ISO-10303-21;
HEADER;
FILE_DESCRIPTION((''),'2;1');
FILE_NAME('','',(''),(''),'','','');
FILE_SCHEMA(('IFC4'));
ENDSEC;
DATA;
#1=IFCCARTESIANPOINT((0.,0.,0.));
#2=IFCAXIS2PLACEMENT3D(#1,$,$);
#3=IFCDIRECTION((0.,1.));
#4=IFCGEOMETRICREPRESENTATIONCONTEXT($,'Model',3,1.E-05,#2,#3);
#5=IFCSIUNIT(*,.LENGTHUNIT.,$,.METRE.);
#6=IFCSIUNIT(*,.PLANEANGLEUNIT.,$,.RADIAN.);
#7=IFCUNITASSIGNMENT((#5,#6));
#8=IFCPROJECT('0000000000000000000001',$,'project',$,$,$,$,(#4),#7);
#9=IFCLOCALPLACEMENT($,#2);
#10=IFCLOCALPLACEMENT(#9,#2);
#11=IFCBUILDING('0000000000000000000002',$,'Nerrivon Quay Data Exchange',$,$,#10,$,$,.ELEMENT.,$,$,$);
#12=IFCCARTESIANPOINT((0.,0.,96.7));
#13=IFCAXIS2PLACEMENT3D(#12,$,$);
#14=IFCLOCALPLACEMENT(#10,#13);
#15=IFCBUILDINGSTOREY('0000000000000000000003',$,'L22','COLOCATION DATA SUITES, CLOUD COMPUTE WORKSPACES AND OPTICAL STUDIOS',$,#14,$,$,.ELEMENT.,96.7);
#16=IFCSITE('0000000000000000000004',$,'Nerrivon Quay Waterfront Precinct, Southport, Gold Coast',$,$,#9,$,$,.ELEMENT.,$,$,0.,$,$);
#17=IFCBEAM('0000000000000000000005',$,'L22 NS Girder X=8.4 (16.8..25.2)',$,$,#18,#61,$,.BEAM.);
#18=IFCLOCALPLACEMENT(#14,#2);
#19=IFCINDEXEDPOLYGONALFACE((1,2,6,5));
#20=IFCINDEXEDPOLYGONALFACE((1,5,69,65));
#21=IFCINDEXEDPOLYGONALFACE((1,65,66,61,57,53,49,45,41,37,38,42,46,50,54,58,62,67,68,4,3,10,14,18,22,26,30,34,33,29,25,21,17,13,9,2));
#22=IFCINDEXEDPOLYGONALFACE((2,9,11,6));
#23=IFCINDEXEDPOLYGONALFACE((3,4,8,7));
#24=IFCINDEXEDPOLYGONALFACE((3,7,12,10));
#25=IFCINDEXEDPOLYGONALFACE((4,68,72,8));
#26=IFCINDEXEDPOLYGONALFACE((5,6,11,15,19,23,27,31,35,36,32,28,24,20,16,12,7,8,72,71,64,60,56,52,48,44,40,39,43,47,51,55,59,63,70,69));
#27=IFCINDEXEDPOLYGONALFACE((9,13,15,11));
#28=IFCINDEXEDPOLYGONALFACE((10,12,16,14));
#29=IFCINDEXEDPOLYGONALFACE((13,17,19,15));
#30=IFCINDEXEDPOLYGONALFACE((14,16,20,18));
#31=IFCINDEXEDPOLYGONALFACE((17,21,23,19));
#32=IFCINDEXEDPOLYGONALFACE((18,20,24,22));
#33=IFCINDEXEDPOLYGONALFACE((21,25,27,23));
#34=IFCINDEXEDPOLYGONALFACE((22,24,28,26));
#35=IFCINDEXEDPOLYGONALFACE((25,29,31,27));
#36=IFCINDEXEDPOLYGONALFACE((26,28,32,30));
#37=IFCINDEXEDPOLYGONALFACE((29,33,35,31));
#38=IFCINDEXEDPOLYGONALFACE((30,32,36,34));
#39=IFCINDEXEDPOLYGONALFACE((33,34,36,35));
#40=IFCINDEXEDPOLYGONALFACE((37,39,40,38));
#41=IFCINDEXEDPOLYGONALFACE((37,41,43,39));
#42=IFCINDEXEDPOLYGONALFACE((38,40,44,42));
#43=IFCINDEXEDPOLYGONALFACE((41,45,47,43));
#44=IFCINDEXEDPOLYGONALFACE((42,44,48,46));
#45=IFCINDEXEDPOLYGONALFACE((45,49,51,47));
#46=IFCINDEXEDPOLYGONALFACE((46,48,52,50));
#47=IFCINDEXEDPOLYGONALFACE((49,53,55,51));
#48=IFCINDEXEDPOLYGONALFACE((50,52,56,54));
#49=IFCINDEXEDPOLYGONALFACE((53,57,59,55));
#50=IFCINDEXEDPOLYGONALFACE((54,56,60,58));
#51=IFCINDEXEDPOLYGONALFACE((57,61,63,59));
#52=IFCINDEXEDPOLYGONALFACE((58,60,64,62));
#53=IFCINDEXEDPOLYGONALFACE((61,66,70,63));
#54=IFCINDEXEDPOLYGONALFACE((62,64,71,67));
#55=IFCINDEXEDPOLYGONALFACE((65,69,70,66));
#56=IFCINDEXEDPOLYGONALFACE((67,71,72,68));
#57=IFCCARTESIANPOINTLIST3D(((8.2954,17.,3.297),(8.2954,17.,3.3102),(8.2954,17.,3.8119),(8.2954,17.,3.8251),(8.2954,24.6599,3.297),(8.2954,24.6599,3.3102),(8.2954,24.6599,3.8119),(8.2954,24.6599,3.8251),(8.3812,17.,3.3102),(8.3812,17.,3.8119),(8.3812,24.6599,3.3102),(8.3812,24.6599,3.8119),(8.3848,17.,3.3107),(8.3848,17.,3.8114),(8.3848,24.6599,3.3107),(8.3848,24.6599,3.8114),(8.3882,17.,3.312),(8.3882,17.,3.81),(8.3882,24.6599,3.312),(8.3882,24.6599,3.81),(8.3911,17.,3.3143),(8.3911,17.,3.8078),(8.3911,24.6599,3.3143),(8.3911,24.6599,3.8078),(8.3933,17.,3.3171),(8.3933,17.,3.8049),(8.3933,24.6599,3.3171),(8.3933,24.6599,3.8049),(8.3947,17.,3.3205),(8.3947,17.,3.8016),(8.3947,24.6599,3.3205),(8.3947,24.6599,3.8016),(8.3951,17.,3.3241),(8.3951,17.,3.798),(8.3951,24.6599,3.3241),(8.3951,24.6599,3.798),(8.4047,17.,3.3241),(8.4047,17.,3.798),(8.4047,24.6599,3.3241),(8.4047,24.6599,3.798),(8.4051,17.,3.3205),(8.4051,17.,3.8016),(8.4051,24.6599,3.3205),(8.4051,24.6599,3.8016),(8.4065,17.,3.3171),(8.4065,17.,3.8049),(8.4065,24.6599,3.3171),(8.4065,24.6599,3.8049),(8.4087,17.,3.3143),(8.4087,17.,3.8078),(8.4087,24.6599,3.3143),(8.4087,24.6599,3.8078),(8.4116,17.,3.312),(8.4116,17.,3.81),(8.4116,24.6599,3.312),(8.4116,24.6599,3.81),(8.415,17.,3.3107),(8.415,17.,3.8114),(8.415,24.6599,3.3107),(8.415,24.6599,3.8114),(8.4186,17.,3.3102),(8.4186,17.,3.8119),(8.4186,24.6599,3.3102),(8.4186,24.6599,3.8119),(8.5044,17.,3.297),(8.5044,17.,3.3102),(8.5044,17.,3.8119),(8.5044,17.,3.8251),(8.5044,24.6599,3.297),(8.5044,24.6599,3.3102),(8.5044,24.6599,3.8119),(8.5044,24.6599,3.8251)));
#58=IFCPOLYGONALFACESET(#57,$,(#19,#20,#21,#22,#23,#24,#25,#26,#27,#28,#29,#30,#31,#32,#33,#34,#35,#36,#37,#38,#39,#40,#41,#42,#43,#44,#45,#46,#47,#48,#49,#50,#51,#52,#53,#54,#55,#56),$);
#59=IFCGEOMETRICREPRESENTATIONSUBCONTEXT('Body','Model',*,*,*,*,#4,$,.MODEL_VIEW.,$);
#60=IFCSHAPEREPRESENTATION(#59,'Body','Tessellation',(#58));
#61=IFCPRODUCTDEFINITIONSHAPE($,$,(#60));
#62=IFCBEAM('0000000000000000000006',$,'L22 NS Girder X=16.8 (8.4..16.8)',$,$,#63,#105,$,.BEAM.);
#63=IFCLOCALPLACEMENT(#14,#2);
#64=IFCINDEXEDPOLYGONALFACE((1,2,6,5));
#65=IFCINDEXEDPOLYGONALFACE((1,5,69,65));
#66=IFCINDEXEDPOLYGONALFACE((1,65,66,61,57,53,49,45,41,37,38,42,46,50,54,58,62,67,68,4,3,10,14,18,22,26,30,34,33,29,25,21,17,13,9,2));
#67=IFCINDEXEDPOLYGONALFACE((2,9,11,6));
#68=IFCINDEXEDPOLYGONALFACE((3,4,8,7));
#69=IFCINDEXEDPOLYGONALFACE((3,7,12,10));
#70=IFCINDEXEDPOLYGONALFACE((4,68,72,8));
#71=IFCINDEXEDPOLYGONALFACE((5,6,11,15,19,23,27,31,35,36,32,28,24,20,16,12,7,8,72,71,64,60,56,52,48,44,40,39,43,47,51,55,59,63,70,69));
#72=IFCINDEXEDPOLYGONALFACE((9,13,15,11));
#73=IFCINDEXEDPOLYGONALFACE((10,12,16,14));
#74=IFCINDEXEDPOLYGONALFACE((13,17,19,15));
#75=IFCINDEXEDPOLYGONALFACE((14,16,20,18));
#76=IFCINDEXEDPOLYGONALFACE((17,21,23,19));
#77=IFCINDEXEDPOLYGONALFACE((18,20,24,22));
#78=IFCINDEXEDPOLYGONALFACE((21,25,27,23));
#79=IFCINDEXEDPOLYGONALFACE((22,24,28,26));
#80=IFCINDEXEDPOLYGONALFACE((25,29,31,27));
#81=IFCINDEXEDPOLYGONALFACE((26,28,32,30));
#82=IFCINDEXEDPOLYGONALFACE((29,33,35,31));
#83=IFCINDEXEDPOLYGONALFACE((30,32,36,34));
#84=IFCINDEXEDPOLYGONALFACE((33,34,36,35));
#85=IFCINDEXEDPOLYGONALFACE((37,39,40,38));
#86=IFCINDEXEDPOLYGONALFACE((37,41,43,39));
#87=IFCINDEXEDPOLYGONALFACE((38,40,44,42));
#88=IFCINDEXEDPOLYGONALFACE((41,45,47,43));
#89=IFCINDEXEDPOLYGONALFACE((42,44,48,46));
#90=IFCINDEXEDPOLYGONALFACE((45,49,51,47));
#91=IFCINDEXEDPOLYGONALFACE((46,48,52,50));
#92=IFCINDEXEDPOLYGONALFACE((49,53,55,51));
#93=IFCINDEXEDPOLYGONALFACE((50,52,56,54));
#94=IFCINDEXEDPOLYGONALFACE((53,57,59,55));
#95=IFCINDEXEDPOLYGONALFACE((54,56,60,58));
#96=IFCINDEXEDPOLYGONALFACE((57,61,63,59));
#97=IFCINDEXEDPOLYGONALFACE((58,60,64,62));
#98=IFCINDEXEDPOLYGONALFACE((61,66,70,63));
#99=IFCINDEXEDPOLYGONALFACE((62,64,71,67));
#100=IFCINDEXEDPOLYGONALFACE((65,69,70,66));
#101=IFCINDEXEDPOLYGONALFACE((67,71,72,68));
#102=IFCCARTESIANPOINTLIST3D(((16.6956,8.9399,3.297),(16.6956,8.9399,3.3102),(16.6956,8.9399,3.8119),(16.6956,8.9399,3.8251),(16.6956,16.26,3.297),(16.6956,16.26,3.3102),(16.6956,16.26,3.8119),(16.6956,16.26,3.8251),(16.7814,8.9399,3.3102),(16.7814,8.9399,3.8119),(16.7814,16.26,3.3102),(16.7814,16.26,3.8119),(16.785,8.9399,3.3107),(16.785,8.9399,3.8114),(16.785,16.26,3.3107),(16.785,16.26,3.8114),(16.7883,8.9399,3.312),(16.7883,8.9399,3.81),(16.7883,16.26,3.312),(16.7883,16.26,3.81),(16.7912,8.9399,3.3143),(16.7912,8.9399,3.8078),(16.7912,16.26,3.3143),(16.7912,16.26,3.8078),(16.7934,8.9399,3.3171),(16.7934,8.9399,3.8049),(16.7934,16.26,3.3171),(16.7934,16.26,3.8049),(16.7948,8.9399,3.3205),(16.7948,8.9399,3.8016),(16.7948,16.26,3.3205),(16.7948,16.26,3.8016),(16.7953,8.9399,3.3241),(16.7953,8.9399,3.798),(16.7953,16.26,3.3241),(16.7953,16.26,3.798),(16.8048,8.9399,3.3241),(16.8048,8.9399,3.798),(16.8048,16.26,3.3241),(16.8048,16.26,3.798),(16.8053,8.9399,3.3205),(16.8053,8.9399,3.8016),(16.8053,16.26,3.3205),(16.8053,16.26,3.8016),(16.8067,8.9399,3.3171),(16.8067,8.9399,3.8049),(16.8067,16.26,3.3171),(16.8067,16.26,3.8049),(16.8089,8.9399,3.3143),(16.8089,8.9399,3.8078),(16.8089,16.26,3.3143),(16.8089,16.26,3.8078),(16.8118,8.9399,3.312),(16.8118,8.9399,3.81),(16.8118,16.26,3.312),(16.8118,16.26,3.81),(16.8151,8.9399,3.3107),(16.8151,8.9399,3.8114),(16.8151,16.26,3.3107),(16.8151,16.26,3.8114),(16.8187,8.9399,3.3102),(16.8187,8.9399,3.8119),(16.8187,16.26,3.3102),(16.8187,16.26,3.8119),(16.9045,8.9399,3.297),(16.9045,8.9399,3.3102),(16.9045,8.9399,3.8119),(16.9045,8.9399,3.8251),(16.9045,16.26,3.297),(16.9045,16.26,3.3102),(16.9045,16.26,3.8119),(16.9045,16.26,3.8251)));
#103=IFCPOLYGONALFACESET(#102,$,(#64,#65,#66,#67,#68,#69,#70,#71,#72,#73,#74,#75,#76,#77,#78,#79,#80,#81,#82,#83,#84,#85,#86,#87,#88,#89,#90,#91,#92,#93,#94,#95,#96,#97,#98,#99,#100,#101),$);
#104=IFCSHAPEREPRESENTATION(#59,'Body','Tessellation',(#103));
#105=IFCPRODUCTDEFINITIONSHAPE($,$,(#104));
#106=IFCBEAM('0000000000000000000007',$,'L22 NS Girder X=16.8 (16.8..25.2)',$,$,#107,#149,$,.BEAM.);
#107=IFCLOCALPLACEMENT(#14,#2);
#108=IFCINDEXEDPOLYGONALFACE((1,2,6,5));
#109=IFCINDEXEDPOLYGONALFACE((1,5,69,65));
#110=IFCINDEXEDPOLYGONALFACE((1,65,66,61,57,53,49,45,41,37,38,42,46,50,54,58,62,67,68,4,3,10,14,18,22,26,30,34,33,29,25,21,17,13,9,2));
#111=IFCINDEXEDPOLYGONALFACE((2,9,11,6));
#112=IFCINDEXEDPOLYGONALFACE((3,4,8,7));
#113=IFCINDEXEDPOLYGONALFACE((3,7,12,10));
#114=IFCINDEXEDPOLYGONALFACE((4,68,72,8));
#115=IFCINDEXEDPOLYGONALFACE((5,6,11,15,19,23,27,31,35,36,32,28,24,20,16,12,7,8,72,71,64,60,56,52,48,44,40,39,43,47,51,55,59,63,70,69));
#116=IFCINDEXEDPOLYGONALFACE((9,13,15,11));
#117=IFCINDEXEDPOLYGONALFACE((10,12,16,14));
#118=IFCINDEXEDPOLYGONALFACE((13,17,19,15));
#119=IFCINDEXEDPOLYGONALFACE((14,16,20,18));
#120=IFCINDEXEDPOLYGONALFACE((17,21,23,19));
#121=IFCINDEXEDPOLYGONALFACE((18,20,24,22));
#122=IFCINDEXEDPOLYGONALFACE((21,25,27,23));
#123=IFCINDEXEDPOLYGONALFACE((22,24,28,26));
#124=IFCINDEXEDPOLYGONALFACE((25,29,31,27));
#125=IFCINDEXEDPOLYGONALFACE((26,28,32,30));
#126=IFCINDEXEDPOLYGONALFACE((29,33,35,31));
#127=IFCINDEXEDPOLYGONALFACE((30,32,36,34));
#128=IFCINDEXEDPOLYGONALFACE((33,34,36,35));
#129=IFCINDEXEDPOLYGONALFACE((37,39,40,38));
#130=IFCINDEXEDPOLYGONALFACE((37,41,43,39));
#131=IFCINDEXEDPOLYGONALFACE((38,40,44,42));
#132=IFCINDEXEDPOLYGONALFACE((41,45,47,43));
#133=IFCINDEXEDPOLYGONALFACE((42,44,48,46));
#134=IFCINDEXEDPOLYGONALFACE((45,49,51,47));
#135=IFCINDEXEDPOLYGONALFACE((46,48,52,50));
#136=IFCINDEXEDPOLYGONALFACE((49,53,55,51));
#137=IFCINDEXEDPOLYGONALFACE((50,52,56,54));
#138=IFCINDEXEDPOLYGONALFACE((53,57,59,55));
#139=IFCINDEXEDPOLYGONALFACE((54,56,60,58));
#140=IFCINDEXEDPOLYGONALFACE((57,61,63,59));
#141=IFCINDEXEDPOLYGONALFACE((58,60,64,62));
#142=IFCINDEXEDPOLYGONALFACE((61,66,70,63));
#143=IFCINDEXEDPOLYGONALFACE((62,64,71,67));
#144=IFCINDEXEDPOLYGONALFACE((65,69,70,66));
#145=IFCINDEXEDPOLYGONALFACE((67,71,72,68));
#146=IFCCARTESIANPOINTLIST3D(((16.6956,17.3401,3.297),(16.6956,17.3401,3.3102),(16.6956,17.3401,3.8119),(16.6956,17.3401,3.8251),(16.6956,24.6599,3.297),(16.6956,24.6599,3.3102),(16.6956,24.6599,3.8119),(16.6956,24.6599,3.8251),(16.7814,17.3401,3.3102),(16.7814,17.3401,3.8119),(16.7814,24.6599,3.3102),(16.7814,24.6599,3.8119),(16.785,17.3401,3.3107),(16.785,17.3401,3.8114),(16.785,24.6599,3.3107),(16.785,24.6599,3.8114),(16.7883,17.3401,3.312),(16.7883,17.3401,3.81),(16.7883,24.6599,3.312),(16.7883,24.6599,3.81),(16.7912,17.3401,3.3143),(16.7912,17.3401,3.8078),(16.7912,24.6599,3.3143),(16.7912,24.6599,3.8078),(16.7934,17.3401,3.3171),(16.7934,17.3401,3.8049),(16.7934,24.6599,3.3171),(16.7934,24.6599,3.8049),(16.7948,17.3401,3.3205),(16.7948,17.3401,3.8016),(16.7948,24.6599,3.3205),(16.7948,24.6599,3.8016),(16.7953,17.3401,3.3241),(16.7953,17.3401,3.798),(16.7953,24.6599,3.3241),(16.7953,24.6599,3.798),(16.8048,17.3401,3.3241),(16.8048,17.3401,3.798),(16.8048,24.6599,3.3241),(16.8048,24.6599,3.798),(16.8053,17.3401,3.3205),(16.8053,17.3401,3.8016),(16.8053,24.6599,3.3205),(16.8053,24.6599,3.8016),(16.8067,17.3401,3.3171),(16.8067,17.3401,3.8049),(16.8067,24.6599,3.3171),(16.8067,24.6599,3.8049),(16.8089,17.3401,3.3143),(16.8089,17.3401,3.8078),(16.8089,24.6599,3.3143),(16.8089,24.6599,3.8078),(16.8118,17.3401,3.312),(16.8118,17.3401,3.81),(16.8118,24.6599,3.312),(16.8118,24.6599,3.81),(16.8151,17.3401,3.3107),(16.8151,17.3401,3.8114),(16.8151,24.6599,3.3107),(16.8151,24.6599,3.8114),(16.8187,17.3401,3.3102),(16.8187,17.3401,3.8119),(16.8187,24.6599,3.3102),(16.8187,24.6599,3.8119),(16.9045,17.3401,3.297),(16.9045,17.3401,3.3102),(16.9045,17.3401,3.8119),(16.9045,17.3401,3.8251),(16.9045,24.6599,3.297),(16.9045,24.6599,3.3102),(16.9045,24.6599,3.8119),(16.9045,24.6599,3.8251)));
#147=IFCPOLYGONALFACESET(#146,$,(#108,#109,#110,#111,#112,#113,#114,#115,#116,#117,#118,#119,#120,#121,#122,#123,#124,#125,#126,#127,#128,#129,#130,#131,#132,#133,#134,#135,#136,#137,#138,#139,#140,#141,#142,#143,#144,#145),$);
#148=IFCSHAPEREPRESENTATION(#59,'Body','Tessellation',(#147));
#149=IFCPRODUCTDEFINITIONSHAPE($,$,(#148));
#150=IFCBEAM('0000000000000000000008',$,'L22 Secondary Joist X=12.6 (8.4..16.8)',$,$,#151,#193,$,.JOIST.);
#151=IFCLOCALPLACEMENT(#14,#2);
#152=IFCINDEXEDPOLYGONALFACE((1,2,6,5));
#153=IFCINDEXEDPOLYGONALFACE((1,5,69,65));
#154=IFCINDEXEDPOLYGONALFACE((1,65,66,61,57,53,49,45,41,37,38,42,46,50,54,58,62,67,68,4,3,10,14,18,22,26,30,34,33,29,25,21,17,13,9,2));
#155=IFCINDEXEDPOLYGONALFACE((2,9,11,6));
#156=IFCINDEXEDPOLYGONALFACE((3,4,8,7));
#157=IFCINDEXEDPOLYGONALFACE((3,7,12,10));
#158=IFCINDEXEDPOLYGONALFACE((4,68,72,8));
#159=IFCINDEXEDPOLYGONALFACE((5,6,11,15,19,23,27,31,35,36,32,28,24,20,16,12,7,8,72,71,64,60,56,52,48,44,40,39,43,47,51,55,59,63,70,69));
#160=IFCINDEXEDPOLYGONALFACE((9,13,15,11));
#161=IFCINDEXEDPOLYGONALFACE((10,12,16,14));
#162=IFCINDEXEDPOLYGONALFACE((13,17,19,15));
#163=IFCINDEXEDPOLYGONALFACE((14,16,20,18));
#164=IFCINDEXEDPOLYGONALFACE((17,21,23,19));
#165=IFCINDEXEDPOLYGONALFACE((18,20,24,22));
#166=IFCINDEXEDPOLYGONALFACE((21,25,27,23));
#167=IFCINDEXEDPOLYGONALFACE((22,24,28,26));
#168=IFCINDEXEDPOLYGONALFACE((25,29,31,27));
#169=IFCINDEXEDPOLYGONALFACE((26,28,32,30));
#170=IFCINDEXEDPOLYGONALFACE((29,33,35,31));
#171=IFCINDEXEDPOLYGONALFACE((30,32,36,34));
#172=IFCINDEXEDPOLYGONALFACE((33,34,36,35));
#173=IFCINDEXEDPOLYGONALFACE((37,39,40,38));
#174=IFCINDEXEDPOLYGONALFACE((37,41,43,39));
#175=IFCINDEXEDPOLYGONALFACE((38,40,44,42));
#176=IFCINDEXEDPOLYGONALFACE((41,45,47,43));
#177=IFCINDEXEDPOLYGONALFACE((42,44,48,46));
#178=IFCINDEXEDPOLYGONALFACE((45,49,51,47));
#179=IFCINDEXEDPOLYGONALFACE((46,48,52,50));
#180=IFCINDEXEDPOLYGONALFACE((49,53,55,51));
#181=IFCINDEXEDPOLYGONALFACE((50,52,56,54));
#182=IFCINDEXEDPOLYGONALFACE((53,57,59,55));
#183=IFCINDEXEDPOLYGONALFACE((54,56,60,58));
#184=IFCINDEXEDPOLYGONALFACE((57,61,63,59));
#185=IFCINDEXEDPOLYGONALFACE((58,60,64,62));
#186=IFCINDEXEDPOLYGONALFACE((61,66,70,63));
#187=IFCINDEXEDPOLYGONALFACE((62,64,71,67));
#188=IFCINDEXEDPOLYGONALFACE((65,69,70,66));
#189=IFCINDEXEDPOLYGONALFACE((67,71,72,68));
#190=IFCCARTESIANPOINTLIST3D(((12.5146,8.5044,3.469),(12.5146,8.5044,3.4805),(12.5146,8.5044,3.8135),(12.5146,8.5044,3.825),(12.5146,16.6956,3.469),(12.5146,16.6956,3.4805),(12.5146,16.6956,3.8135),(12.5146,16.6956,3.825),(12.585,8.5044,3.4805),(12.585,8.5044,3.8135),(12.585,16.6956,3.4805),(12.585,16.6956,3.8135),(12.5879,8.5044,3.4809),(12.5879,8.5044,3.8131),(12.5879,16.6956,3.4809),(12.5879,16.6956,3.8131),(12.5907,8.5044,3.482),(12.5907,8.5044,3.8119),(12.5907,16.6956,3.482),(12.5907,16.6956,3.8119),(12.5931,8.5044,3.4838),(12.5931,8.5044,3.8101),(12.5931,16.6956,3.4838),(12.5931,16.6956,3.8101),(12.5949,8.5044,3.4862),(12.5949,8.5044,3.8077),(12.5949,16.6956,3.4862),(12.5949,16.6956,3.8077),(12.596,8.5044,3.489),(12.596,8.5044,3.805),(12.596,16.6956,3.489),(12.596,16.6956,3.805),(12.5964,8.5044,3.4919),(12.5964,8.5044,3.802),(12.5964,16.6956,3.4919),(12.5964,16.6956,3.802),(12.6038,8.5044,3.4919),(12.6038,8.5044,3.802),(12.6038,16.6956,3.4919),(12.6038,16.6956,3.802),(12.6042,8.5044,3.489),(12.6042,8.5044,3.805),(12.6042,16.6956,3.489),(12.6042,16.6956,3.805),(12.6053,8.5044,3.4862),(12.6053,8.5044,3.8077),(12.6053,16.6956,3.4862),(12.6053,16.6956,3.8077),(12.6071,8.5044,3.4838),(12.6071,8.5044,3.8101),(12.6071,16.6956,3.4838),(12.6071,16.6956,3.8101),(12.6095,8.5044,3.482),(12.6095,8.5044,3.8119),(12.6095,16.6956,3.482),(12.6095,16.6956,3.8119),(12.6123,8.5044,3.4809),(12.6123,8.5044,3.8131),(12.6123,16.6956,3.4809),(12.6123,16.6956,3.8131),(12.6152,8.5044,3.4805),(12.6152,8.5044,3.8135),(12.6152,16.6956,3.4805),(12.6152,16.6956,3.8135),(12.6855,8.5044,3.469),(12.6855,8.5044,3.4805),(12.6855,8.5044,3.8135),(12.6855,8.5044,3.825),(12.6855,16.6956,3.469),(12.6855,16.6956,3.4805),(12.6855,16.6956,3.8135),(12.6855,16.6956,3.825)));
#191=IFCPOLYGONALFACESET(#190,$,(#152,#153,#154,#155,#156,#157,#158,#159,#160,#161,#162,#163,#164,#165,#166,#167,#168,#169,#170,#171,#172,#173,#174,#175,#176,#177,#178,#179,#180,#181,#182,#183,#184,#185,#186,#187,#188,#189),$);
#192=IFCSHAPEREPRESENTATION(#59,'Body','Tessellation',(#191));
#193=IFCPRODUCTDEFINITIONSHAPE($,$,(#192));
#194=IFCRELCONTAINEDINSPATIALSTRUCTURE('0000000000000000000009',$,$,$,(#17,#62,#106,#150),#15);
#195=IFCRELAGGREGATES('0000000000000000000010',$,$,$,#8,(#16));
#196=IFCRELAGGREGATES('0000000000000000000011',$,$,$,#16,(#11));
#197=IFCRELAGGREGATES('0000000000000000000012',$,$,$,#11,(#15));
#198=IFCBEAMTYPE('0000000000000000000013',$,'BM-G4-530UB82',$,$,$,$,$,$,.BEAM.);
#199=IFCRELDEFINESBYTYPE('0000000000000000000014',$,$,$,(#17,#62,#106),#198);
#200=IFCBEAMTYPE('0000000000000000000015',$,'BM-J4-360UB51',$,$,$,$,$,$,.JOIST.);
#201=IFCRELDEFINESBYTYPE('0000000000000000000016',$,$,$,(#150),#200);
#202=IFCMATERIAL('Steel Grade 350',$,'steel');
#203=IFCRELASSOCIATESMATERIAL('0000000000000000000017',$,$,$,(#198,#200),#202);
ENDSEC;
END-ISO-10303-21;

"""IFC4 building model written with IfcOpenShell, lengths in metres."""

from ifc_helpers import new_model, si_unit, direction, frame, origin, origin_2d, place, context, subcontext, project, spatial, i_section, extrude, material, material_profile, profile_set, type_object, element, save


model = new_model("IFC4")

# Units and contexts
model_context = context("Model", 3, precision=1e-05, world=origin(), true_north=direction((0.0, 1.0)))
body_context = subcontext(model_context, "Body", "Model", "MODEL_VIEW")
ifc_project = project(units=[si_unit("LENGTHUNIT", "METRE"), si_unit("PLANEANGLEUNIT", "RADIAN")], contexts=[model_context])

# Site, building, storey
site_placement = place(None, origin())
site = spatial("IfcSite", under=ifc_project, at=site_placement, Name="Nerrivon Quay Waterfront Precinct, Southport, Gold Coast", CompositionType="ELEMENT", RefElevation=0.0)
building_placement = place(site_placement, origin())
building = spatial("IfcBuilding", under=site, at=building_placement, Name="Nerrivon Quay Data Exchange", CompositionType="ELEMENT")
storey_placement = place(building_placement, frame((0.0, 0.0, 96.7)))
storey = spatial("IfcBuildingStorey", under=building, at=storey_placement, Name="L22", Description="COLOCATION DATA SUITES, CLOUD COMPUTE WORKSPACES AND OPTICAL STUDIOS", CompositionType="ELEMENT", Elevation=96.7)

# Shared definitions
ifc_material_1 = material(Name="Steel Grade 350", Category="steel")

# Beams
ifc_material_profile_1 = material_profile(ifc_material_1, i_section(OverallWidth=0.209, OverallDepth=0.5281, WebThickness=0.0095, FlangeThickness=0.0132, FilletRadius=0.0139, at=origin_2d()), Name="530UB82.0")
ifc_profile_set_1 = profile_set([ifc_material_profile_1], Name="Steel Grade 350")
beam_type_1 = type_object("IfcBeamType", Name="BM-G4-530UB82", PredefinedType="BEAM", material=ifc_profile_set_1)
beam_1_placement = place(storey_placement, frame((8.3999, 17.0, 3.561), z_axis=(0.0, 1.0, 0.0), x_axis=(-1.0, 0.0, 0.0)))
element("IfcBeam", 1, at=beam_1_placement, inside=storey, type_object=beam_type_1, Name="L22 NS Girder X=8.4 (16.8..25.2)", PredefinedType="BEAM", context=body_context, shape_type="SweptSolid", body=[
    extrude(i_section(OverallWidth=0.209, OverallDepth=0.5281, WebThickness=0.0095, FlangeThickness=0.0132, FilletRadius=0.0139, at=origin_2d()), origin(), (0.0, 0.0, 1.0), 7.6599),
])
beam_2_placement = place(storey_placement, frame((16.8, 8.9399, 3.561), z_axis=(0.0, 1.0, 0.0), x_axis=(-1.0, 0.0, 0.0)))
element("IfcBeam", 2, at=beam_2_placement, inside=storey, type_object=beam_type_1, Name="L22 NS Girder X=16.8 (8.4..16.8)", PredefinedType="BEAM", context=body_context, shape_type="SweptSolid", body=[
    extrude(i_section(OverallWidth=0.209, OverallDepth=0.5281, WebThickness=0.0095, FlangeThickness=0.0132, FilletRadius=0.0139, at=origin_2d()), origin(), (0.0, 0.0, 1.0), 7.3201),
])
beam_3_placement = place(storey_placement, frame((16.8, 17.3401, 3.561), z_axis=(0.0, 1.0, 0.0), x_axis=(-1.0, 0.0, 0.0)))
element("IfcBeam", 3, at=beam_3_placement, inside=storey, type_object=beam_type_1, Name="L22 NS Girder X=16.8 (16.8..25.2)", PredefinedType="BEAM", context=body_context, shape_type="SweptSolid", body=[
    extrude(i_section(OverallWidth=0.209, OverallDepth=0.5281, WebThickness=0.0095, FlangeThickness=0.0132, FilletRadius=0.0139, at=origin_2d()), origin(), (0.0, 0.0, 1.0), 7.3198),
])
ifc_material_profile_2 = material_profile(ifc_material_1, i_section(OverallWidth=0.1709, OverallDepth=0.356, WebThickness=0.0073, FlangeThickness=0.0115, FilletRadius=0.0115, at=origin_2d()), Name="360UB50.7")
ifc_profile_set_2 = profile_set([ifc_material_profile_2], Name="Steel Grade 350")
beam_type_2 = type_object("IfcBeamType", Name="BM-J4-360UB51", PredefinedType="JOIST", material=ifc_profile_set_2)
beam_4_placement = place(storey_placement, frame((12.6001, 8.5044, 3.647), z_axis=(0.0, 1.0, 0.0), x_axis=(-1.0, 0.0, 0.0)))
element("IfcBeam", 4, at=beam_4_placement, inside=storey, type_object=beam_type_2, Name="L22 Secondary Joist X=12.6 (8.4..16.8)", PredefinedType="JOIST", context=body_context, shape_type="SweptSolid", body=[
    extrude(i_section(OverallWidth=0.1709, OverallDepth=0.356, WebThickness=0.0073, FlangeThickness=0.0115, FilletRadius=0.0115, at=origin_2d()), origin(), (0.0, 0.0, 1.0), 8.1912),
])

save(model, "model.ifc")
